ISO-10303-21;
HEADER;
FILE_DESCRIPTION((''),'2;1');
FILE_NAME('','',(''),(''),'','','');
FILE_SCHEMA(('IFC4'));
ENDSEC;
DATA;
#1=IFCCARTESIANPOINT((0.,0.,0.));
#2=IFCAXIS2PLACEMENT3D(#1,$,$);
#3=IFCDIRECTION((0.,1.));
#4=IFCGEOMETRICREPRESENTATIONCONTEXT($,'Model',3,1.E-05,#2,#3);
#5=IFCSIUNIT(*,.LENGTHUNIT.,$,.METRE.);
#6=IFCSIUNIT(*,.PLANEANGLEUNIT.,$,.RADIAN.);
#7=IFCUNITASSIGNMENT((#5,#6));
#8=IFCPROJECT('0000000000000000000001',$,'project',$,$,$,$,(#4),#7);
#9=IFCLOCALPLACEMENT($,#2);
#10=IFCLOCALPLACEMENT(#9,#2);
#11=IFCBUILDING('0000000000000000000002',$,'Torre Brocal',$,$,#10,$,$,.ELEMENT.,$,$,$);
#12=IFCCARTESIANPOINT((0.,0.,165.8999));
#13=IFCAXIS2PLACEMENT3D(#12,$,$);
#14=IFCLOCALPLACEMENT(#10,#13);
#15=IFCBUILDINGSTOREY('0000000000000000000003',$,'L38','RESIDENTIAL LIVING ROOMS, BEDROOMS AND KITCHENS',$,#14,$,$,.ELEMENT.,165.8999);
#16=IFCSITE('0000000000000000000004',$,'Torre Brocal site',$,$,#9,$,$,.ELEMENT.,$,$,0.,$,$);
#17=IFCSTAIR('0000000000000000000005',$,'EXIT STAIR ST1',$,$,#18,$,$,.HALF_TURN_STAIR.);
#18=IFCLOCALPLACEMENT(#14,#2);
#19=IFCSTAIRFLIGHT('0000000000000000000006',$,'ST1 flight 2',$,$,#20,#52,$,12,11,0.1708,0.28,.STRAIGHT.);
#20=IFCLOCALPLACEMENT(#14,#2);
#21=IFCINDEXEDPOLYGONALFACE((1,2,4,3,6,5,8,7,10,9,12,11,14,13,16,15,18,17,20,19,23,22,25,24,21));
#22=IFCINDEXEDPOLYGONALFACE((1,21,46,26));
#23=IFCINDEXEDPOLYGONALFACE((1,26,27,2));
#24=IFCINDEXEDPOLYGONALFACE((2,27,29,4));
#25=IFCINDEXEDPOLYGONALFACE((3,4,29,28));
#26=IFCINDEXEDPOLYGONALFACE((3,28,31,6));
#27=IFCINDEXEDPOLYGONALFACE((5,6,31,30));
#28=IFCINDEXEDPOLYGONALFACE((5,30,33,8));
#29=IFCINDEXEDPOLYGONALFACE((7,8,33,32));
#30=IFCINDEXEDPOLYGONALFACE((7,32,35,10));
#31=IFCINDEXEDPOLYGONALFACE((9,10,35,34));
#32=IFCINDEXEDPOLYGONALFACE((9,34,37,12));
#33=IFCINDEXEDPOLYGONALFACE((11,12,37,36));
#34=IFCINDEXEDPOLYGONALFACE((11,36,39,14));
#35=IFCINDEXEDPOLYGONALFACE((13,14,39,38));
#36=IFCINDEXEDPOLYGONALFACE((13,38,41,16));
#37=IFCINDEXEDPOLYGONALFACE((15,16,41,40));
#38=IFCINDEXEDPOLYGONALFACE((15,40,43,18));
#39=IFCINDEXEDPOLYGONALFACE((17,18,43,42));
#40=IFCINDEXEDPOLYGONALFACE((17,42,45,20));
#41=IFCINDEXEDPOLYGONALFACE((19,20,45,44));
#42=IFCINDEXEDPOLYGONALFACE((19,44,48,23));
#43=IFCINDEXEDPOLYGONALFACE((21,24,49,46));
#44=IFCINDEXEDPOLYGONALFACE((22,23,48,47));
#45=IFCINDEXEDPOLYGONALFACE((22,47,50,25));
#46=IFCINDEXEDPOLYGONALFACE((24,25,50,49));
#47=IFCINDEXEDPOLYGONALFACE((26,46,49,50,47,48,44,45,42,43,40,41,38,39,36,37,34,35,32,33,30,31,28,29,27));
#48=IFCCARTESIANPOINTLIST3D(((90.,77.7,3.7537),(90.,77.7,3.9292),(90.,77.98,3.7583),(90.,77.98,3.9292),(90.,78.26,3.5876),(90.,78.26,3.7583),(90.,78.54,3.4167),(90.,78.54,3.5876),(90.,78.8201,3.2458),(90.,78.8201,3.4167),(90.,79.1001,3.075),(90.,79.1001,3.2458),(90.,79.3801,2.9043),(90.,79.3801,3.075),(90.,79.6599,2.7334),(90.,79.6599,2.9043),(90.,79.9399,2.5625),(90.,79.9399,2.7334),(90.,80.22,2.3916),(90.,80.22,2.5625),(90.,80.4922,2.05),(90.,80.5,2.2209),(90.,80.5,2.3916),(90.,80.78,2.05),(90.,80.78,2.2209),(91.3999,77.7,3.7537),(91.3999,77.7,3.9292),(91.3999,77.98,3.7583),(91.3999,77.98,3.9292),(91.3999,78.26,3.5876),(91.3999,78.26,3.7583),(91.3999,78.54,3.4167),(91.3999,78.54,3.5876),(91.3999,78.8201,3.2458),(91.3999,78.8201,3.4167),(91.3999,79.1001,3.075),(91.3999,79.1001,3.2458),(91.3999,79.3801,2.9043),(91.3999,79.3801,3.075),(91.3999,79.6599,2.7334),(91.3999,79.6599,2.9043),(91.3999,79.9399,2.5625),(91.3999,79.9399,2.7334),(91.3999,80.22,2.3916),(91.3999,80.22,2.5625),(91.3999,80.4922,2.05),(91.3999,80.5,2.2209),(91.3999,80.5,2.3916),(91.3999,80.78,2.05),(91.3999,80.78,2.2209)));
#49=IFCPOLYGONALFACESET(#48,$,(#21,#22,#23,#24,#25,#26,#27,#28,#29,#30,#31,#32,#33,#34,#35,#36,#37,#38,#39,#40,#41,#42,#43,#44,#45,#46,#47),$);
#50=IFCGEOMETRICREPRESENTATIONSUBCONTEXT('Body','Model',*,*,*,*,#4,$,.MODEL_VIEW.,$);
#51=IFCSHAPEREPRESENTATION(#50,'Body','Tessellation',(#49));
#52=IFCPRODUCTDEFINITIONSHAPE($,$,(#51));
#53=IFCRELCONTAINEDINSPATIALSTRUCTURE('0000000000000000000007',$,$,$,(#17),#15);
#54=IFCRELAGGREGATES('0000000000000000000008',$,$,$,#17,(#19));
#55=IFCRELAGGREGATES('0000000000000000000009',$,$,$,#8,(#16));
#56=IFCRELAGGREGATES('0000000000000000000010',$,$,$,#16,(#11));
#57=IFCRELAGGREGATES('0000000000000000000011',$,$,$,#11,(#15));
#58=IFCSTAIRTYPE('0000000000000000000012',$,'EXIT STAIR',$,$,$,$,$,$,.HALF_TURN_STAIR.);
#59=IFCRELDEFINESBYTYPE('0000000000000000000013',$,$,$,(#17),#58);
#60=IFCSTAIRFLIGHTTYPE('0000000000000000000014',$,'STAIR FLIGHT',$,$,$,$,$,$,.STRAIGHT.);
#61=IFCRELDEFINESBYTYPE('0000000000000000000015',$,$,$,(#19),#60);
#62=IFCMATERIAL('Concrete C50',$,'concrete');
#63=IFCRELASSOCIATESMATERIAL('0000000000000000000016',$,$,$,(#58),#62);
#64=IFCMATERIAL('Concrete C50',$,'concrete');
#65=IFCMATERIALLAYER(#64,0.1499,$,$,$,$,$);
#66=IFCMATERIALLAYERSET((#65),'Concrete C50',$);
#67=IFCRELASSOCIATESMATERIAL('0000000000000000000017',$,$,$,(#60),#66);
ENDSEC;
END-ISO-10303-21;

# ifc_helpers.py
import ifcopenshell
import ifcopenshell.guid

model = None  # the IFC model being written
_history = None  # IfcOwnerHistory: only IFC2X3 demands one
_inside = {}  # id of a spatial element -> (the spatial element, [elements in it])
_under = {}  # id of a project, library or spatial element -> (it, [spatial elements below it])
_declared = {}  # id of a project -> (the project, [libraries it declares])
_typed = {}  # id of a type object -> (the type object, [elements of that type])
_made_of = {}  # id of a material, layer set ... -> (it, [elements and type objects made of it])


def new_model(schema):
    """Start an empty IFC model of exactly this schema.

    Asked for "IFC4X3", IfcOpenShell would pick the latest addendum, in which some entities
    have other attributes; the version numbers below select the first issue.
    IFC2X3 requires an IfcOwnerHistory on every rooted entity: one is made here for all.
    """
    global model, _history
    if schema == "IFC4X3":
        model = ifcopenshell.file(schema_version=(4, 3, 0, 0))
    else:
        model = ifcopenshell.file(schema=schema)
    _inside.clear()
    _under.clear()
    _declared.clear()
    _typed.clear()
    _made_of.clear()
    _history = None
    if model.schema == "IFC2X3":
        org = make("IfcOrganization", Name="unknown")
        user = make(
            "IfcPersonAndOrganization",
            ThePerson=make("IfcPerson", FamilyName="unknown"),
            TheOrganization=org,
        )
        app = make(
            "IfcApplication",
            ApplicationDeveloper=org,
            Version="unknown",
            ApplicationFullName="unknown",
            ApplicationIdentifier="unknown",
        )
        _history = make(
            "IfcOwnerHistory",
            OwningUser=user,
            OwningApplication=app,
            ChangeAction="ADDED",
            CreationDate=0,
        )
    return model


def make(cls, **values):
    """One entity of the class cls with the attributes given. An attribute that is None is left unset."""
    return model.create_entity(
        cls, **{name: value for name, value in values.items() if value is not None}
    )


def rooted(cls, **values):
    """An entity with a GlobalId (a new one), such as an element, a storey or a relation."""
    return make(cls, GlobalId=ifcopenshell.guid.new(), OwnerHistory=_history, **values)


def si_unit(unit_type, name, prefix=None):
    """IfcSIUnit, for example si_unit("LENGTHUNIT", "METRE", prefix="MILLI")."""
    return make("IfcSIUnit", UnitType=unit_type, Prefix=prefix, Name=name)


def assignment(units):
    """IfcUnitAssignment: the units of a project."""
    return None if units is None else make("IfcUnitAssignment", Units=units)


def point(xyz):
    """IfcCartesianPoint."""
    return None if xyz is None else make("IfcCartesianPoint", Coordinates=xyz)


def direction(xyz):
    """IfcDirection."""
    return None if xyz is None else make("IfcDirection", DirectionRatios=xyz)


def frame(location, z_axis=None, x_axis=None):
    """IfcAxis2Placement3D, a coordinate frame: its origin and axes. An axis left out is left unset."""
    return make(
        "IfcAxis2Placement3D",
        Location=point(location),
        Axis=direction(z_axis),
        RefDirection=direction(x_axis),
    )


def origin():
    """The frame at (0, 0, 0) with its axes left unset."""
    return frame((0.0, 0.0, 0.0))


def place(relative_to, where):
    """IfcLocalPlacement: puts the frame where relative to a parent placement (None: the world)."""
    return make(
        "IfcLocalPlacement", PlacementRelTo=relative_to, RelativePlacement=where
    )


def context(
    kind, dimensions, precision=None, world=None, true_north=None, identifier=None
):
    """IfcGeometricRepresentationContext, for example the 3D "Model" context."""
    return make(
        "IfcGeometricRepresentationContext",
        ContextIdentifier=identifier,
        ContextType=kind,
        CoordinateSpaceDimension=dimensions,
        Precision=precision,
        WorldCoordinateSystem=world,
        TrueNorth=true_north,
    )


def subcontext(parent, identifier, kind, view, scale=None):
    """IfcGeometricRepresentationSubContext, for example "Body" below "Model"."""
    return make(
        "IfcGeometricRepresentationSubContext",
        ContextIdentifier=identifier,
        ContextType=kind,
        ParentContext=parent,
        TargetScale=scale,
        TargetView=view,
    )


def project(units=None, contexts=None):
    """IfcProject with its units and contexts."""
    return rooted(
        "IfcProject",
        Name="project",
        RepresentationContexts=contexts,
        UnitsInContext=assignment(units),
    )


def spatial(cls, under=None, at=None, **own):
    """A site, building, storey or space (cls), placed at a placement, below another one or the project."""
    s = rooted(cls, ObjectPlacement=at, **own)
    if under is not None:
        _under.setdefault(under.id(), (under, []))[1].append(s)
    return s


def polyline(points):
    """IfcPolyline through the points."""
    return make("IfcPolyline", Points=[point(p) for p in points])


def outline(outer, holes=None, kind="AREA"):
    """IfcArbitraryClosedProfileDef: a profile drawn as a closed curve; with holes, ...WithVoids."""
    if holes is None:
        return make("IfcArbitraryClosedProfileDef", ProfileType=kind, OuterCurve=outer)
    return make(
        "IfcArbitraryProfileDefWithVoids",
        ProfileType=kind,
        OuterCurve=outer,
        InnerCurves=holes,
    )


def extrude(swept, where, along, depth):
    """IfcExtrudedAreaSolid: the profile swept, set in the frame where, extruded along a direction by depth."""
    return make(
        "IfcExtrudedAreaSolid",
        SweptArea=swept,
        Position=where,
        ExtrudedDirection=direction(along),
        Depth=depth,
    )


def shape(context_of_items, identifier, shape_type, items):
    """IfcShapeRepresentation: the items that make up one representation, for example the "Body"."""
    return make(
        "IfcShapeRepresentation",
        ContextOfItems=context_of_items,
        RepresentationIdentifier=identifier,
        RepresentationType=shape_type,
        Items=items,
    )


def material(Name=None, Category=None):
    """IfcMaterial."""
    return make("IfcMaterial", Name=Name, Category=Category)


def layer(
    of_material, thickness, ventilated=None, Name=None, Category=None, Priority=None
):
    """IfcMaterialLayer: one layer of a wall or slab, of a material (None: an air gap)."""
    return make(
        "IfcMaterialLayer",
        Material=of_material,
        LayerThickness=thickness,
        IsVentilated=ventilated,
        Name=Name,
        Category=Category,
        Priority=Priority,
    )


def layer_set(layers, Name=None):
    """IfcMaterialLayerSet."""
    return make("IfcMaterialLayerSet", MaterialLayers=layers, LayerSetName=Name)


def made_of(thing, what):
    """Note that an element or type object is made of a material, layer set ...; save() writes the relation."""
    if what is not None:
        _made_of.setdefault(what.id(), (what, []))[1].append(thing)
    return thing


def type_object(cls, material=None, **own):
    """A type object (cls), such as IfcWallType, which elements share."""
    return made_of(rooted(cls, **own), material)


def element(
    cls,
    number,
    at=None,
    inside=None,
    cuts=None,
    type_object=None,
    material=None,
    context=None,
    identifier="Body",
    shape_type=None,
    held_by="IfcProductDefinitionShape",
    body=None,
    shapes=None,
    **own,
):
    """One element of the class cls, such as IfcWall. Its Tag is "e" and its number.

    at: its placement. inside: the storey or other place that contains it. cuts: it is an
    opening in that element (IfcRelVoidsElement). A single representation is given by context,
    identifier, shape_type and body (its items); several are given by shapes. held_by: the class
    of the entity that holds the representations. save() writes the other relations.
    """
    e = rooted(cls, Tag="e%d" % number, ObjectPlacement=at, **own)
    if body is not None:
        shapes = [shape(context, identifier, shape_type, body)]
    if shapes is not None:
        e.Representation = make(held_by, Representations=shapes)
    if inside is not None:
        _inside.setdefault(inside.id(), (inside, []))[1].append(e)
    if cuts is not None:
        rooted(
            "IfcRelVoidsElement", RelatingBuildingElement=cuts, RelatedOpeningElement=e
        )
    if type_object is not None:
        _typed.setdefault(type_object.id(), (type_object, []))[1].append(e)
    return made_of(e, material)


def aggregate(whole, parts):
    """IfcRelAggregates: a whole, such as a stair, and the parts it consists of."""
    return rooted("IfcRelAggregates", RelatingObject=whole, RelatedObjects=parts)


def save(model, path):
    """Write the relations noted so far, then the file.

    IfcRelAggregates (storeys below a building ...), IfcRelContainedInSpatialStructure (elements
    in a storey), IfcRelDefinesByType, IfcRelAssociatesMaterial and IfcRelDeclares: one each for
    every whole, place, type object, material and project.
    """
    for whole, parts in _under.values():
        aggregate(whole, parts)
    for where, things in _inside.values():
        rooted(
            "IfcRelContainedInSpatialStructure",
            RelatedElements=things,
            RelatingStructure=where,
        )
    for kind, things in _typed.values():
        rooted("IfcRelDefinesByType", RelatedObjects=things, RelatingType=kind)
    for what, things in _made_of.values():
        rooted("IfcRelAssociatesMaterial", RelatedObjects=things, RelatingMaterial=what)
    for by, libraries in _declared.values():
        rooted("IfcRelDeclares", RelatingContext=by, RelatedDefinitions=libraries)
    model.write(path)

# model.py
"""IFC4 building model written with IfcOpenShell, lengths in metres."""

from ifc_helpers import new_model, si_unit, direction, frame, origin, place, context, subcontext, project, spatial, polyline, outline, extrude, material, layer, layer_set, type_object, element, aggregate, save


model = new_model("IFC4")

# Units and contexts
model_context = context("Model", 3, precision=1e-05, world=origin(), true_north=direction((0.0, 1.0)))
body_context = subcontext(model_context, "Body", "Model", "MODEL_VIEW")
ifc_project = project(units=[si_unit("LENGTHUNIT", "METRE"), si_unit("PLANEANGLEUNIT", "RADIAN")], contexts=[model_context])

# Site, building, storey
site_placement = place(None, origin())
site = spatial("IfcSite", under=ifc_project, at=site_placement, Name="Torre Brocal site", CompositionType="ELEMENT", RefElevation=0.0)
building_placement = place(site_placement, origin())
building = spatial("IfcBuilding", under=site, at=building_placement, Name="Torre Brocal", CompositionType="ELEMENT")
storey_placement = place(building_placement, frame((0.0, 0.0, 165.8999)))
storey = spatial("IfcBuildingStorey", under=building, at=storey_placement, Name="L38", Description="RESIDENTIAL LIVING ROOMS, BEDROOMS AND KITCHENS", CompositionType="ELEMENT", Elevation=165.8999)

# Stair, stair flight
ifc_material_1 = material(Name="Concrete C50", Category="concrete")
stair_type = type_object("IfcStairType", Name="EXIT STAIR", PredefinedType="HALF_TURN_STAIR", material=ifc_material_1)
stair_placement = place(storey_placement, origin())
stair = element("IfcStair", 1, at=stair_placement, inside=storey, type_object=stair_type, Name="EXIT STAIR ST1", PredefinedType="HALF_TURN_STAIR")
ifc_material_2 = material(Name="Concrete C50", Category="concrete")
ifc_layer_1 = layer(ifc_material_2, 0.1499)
ifc_layer_set_1 = layer_set([ifc_layer_1], Name="Concrete C50")
stair_flight_type = type_object("IfcStairFlightType", Name="STAIR FLIGHT", PredefinedType="STRAIGHT", material=ifc_layer_set_1)
stair_flight_1_placement = place(storey_placement, frame((90.7, 80.78, 2.05), z_axis=(0.0, 0.0, 1.0), x_axis=(0.0, -1.0, 0.0)))
stair_flight_1 = element("IfcStairFlight", 2, at=stair_flight_1_placement, type_object=stair_flight_type, Name="ST1 flight 2", NumberOfRisers=12, NumberOfTreads=11, PredefinedType="STRAIGHT", RiserHeight=0.1708, TreadLength=0.28, context=body_context, shape_type="SweptSolid", body=[
    extrude(outline(polyline([(0.0, 0.0), (0.0, 0.1709), (0.28, 0.1709), (0.28, 0.3416), (0.5601, 0.3416), (0.5601, 0.5125), (0.8401, 0.5125), (0.8401, 0.6833), (1.1201, 0.6833), (1.1201, 0.8542), (1.3999, 0.8542), (1.3999, 1.0249), (1.6799, 1.0249), (1.6799, 1.1958), (1.96, 1.1958), (1.96, 1.3667), (2.24, 1.3667), (2.24, 1.5376), (2.52, 1.5376), (2.52, 1.7083), (2.8, 1.7083), (2.8, 1.8792), (3.0801, 1.8792), (3.0801, 2.05), (3.0801, 1.7036), (0.2878, 0.0), (0.0, 0.0)])), frame((0.0, 0.7, 0.0), z_axis=(0.0, -1.0, 0.0), x_axis=(1.0, 0.0, 0.0)), (0.0, 0.0, 1.0), 1.3999),
])
aggregate(stair, [stair_flight_1])

save(model, "model.ifc")
